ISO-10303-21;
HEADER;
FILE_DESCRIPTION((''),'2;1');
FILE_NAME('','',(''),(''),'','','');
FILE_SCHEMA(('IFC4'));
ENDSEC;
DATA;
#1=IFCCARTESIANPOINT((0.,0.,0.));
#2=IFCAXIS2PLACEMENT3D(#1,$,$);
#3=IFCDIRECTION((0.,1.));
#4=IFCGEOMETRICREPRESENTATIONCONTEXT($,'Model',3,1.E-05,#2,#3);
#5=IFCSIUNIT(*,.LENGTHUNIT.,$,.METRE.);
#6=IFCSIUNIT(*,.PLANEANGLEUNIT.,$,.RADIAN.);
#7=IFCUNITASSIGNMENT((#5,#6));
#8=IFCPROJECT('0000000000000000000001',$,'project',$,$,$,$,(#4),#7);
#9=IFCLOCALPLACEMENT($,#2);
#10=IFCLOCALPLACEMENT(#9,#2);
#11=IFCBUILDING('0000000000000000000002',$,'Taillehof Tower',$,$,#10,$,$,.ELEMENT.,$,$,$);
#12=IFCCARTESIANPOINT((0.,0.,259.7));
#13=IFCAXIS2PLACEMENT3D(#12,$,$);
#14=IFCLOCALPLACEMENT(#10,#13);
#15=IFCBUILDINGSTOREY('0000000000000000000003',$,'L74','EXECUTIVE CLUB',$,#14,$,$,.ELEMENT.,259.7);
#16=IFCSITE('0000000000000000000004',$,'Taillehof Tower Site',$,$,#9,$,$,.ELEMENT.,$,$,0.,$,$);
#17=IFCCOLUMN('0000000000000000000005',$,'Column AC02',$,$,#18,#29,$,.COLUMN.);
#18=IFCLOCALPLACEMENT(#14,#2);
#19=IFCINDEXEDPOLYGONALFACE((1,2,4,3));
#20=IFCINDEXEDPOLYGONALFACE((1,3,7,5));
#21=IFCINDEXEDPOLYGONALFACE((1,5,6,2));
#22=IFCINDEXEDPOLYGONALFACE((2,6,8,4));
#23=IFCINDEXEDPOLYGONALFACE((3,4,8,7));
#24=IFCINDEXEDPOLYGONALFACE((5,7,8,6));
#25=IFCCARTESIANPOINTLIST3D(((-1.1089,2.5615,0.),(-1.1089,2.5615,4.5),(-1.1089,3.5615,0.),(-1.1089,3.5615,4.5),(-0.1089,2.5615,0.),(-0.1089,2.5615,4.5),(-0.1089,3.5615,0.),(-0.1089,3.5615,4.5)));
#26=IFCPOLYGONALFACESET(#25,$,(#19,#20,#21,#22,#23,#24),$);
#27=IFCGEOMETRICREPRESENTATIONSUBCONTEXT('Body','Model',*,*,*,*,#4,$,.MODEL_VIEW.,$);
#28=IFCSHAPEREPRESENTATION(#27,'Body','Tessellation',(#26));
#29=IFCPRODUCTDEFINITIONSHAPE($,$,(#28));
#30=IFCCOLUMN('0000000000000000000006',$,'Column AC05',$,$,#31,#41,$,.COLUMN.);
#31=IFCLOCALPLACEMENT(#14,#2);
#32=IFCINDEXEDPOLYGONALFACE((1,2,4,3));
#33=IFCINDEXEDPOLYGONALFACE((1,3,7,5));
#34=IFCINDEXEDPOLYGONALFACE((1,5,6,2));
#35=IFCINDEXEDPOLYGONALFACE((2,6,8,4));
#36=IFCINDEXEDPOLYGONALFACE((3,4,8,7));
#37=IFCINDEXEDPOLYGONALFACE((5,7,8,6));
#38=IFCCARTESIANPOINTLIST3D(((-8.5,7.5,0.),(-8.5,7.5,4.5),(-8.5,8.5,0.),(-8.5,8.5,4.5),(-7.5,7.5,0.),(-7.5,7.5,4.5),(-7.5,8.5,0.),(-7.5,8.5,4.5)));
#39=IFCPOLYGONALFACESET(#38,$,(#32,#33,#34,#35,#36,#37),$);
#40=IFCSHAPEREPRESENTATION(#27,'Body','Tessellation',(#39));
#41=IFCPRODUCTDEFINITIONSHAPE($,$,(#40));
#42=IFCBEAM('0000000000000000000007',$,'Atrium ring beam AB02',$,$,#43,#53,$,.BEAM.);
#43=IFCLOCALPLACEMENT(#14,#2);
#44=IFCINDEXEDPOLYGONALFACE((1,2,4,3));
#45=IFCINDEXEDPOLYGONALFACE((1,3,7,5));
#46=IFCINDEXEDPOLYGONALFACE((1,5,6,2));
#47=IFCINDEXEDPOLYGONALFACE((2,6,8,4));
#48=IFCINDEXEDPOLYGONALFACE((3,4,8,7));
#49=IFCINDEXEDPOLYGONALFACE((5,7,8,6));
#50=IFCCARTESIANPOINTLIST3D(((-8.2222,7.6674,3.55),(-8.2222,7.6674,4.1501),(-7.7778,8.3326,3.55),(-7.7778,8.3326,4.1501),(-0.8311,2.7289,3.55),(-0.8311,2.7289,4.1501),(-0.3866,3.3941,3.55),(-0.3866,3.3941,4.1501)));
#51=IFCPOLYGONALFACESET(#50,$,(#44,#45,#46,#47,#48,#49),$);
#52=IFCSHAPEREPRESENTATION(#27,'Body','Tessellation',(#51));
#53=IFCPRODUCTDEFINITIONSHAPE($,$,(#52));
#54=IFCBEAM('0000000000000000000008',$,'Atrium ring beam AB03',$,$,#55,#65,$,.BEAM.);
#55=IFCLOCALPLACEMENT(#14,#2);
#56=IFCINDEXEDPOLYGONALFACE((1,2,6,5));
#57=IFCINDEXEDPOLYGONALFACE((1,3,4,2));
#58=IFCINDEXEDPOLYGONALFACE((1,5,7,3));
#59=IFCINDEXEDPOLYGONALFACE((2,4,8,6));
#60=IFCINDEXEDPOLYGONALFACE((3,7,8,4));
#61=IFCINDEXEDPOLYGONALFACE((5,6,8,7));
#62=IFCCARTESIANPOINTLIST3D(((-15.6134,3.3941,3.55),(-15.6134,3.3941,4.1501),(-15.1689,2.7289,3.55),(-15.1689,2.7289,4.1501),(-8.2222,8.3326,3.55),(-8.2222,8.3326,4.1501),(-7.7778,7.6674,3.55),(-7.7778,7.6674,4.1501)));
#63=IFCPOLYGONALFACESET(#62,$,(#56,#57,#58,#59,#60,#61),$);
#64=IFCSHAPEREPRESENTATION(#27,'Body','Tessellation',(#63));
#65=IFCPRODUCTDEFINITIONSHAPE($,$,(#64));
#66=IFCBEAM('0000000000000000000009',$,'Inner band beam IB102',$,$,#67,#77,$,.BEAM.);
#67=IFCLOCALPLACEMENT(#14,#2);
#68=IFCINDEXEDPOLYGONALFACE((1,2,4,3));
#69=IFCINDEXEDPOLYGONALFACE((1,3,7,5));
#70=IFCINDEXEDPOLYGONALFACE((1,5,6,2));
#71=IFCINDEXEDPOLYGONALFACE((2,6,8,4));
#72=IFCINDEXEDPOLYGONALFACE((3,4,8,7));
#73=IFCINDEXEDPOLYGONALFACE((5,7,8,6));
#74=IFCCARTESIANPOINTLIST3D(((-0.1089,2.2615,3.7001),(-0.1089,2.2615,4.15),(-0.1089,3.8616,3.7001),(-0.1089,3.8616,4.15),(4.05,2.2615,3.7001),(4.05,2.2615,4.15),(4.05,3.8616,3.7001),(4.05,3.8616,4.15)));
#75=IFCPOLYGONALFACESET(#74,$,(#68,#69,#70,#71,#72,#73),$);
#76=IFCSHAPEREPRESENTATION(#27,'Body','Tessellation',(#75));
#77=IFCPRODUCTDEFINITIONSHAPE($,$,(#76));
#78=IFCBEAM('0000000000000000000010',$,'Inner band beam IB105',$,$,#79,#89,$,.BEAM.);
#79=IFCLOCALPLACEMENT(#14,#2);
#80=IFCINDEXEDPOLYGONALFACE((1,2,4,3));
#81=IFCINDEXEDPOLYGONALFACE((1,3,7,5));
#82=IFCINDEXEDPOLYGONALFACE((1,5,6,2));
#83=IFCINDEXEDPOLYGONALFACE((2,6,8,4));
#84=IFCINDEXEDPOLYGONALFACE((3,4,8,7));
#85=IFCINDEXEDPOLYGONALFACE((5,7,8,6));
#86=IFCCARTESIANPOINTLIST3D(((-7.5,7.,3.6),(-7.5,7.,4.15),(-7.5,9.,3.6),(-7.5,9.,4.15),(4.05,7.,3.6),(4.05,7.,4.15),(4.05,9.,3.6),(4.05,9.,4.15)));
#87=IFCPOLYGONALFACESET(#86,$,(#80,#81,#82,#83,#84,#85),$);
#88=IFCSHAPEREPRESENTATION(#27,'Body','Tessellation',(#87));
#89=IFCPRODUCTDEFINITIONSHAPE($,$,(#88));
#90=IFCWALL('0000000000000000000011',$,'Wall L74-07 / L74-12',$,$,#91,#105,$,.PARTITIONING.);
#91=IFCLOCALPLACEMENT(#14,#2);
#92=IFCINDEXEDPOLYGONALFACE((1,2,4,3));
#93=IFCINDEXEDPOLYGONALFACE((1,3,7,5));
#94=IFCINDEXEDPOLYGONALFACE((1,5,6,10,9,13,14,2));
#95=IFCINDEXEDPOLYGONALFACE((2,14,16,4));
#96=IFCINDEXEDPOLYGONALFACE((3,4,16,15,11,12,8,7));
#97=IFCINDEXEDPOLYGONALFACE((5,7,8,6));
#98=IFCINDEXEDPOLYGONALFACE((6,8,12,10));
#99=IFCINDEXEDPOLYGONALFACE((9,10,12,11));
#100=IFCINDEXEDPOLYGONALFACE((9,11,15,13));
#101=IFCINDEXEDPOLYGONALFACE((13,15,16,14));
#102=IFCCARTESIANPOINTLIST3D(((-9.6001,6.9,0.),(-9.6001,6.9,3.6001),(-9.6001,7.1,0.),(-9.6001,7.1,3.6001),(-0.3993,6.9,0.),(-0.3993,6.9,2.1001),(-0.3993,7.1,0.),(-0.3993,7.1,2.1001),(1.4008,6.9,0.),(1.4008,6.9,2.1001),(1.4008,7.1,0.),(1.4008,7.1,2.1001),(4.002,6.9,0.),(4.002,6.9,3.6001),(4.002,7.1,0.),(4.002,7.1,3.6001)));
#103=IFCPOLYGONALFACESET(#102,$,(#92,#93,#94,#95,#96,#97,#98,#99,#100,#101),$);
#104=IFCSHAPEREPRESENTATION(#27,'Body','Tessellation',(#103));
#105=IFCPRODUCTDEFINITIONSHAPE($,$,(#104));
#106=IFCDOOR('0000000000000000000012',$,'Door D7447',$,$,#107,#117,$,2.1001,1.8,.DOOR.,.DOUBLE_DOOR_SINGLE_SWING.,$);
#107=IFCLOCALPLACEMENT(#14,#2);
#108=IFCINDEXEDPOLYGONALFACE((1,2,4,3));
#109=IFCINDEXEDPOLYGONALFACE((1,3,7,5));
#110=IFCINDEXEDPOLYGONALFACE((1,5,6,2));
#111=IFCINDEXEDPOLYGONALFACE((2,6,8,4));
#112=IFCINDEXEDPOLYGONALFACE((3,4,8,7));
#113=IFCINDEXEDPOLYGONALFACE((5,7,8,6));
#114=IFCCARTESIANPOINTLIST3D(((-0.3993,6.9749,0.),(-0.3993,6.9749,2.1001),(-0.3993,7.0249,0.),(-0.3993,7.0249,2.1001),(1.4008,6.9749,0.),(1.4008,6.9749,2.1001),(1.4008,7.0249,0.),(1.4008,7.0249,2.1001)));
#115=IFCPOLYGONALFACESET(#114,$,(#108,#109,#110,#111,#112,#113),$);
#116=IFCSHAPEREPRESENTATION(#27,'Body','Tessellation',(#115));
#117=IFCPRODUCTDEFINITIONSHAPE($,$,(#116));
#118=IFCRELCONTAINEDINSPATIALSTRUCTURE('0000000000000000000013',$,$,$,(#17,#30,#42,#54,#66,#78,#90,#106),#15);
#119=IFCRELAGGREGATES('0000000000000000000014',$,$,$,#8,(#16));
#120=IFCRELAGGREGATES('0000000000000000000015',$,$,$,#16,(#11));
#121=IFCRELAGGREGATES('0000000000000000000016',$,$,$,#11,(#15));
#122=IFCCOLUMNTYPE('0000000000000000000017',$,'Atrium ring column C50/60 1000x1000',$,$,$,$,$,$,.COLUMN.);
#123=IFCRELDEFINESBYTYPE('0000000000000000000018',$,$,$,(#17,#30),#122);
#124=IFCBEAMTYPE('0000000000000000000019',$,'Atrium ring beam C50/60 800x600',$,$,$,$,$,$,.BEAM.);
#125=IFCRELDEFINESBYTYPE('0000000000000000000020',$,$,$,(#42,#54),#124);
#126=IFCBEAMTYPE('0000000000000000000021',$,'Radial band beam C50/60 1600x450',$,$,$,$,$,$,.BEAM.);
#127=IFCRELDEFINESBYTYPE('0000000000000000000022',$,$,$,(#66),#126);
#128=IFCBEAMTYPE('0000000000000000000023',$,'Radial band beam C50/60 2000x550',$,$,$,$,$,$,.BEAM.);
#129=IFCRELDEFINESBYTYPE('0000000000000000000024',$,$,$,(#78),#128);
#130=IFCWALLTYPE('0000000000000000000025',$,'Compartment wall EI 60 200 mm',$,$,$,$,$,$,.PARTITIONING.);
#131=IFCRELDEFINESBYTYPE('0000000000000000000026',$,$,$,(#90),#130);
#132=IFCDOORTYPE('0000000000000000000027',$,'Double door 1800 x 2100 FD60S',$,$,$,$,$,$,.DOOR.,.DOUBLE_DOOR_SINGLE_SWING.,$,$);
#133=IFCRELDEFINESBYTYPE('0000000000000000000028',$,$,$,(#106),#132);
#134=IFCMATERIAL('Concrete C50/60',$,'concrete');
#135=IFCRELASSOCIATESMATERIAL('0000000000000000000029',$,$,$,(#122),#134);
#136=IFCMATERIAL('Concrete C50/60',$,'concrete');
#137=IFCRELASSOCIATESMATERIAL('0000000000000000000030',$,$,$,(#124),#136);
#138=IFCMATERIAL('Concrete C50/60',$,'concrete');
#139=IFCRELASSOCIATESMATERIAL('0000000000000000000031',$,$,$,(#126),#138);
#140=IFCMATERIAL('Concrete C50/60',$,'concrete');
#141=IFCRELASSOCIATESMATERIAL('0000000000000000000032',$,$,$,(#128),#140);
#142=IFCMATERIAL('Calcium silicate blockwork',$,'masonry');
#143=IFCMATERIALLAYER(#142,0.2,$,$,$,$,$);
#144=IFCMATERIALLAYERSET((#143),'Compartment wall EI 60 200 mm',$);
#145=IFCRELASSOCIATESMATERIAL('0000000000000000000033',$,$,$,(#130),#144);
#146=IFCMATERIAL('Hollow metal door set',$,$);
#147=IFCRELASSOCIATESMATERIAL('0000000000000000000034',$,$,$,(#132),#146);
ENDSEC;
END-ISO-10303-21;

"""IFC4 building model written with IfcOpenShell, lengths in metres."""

from ifc_helpers import new_model, si_unit, direction, frame, frame_2d, origin, origin_2d, place, context, subcontext, project, spatial, rectangle, extrude, material, layer, layer_set, material_profile, profile_set, type_object, element, fill, save


model = new_model("IFC4")

# Units and contexts
model_context = context("Model", 3, precision=1e-05, world=origin(), true_north=direction((0.0, 1.0)))
body_context = subcontext(model_context, "Body", "Model", "MODEL_VIEW")
ifc_project = project(units=[si_unit("LENGTHUNIT", "METRE"), si_unit("PLANEANGLEUNIT", "RADIAN")], contexts=[model_context])

# Site, building, storey
site_placement = place(None, origin())
site = spatial("IfcSite", under=ifc_project, at=site_placement, Name="Taillehof Tower Site", CompositionType="ELEMENT", RefElevation=0.0)
building_placement = place(site_placement, origin())
building = spatial("IfcBuilding", under=site, at=building_placement, Name="Taillehof Tower", CompositionType="ELEMENT")
storey_placement = place(building_placement, frame((0.0, 0.0, 259.7)))
storey = spatial("IfcBuildingStorey", under=building, at=storey_placement, Name="L74", Description="EXECUTIVE CLUB", CompositionType="ELEMENT", Elevation=259.7)

# Columns
ifc_material_1 = material(Name="Concrete C50/60", Category="concrete")
ifc_material_profile_1 = material_profile(ifc_material_1, rectangle(XDim=1.0, YDim=1.0, at=origin_2d()), Name="RC 1000x1000")
ifc_profile_set_1 = profile_set([ifc_material_profile_1], Name="Concrete C50/60")
column_type = type_object("IfcColumnType", Name="Atrium ring column C50/60 1000x1000", PredefinedType="COLUMN", material=ifc_profile_set_1)
for number, where, z_axis, x_axis, name in (
    (1, (-0.6089, 3.0615, 0.0), (0.0, 0.0, 1.0), (1.0, 0.0, 0.0), "Column AC02"),
    (2, (-8.0, 8.0, 0.0), (0.0, 0.0, 1.0), (1.0, 0.0, 0.0), "Column AC05"),
):
    element("IfcColumn", number, at=place(storey_placement, frame(where, z_axis=z_axis, x_axis=x_axis)), inside=storey, type_object=column_type, Name=name, PredefinedType="COLUMN", context=body_context, shape_type="SweptSolid", body=[
        extrude(rectangle(XDim=1.0, YDim=1.0, at=origin_2d()), origin(), (0.0, 0.0, 1.0), 4.5),
    ])

# Beams
ifc_material_2 = material(Name="Concrete C50/60", Category="concrete")
ifc_material_profile_2 = material_profile(ifc_material_2, rectangle(XDim=0.8, YDim=0.6001, at=origin_2d()), Name="RC 800x600")
ifc_profile_set_2 = profile_set([ifc_material_profile_2], Name="Concrete C50/60")
beam_type_1 = type_object("IfcBeamType", Name="Atrium ring beam C50/60 800x600", PredefinedType="BEAM", material=ifc_profile_set_2)
for number, where, z_axis, x_axis, name in (
    (3, (-0.6089, 3.0615, 3.8501), (-0.831475, 0.555562, 0.0), (-0.555562, -0.831475, 0.0), "Atrium ring beam AB02"),
    (4, (-8.0, 8.0, 3.8501), (-0.831475, -0.555562, 0.0), (0.555562, -0.831475, 0.0), "Atrium ring beam AB03"),
):
    element("IfcBeam", number, at=place(storey_placement, frame(where, z_axis=z_axis, x_axis=x_axis)), inside=storey, type_object=beam_type_1, Name=name, PredefinedType="BEAM", context=body_context, shape_type="SweptSolid", body=[
        extrude(rectangle(XDim=0.8, YDim=0.6001, at=origin_2d()), origin(), (0.0, 0.0, 1.0), 8.8892),
    ])
ifc_material_3 = material(Name="Concrete C50/60", Category="concrete")
ifc_material_profile_3 = material_profile(ifc_material_3, rectangle(XDim=1.6001, YDim=0.45, at=origin_2d()), Name="RC 1600x450")
ifc_profile_set_3 = profile_set([ifc_material_profile_3], Name="Concrete C50/60")
beam_type_2 = type_object("IfcBeamType", Name="Radial band beam C50/60 1600x450", PredefinedType="BEAM", material=ifc_profile_set_3)
beam_1_placement = place(storey_placement, frame((-0.1089, 3.0615, 3.925), z_axis=(1.0, 0.0, 0.0), x_axis=(0.0, 1.0, 0.0)))
element("IfcBeam", 5, at=beam_1_placement, inside=storey, type_object=beam_type_2, Name="Inner band beam IB102", PredefinedType="BEAM", context=body_context, shape_type="SweptSolid", body=[
    extrude(rectangle(XDim=1.6001, YDim=0.45, at=origin_2d()), origin(), (0.0, 0.0, 1.0), 4.1589),
])
ifc_material_4 = material(Name="Concrete C50/60", Category="concrete")
ifc_material_profile_4 = material_profile(ifc_material_4, rectangle(XDim=2.0, YDim=0.55, at=origin_2d()), Name="RC 2000x550")
ifc_profile_set_4 = profile_set([ifc_material_profile_4], Name="Concrete C50/60")
beam_type_3 = type_object("IfcBeamType", Name="Radial band beam C50/60 2000x550", PredefinedType="BEAM", material=ifc_profile_set_4)
beam_2_placement = place(storey_placement, frame((-7.5, 8.0, 3.875), z_axis=(1.0, 0.0, 0.0), x_axis=(0.0, 1.0, 0.0)))
element("IfcBeam", 6, at=beam_2_placement, inside=storey, type_object=beam_type_3, Name="Inner band beam IB105", PredefinedType="BEAM", context=body_context, shape_type="SweptSolid", body=[
    extrude(rectangle(XDim=2.0, YDim=0.55, at=origin_2d()), origin(), (0.0, 0.0, 1.0), 11.55),
])

# Wall, opening, door
ifc_material_5 = material(Name="Calcium silicate blockwork", Category="masonry")
ifc_layer_1 = layer(ifc_material_5, 0.2)
ifc_layer_set_1 = layer_set([ifc_layer_1], Name="Compartment wall EI 60 200 mm")
wall_type_1 = type_object("IfcWallType", Name="Compartment wall EI 60 200 mm", PredefinedType="PARTITIONING", material=ifc_layer_set_1)
wall_1_placement = place(storey_placement, frame((-9.6001, 7.0, 0.0), z_axis=(0.0, 0.0, 1.0), x_axis=(1.0, 0.0, 0.0)))
wall_1 = element("IfcWall", 7, at=wall_1_placement, inside=storey, type_object=wall_type_1, Name="Wall L74-07 / L74-12", PredefinedType="PARTITIONING", context=body_context, shape_type="SweptSolid", body=[
    extrude(rectangle(XDim=13.6021, YDim=0.2, at=frame_2d((6.801, 0.0))), origin(), (0.0, 0.0, 1.0), 3.6001),
])
opening_1_placement = place(wall_1_placement, frame((9.2009, 0.0, 0.0)))
opening_1 = element("IfcOpeningElement", 8, at=opening_1_placement, cuts=wall_1, PredefinedType="OPENING", context=body_context, shape_type="SweptSolid", body=[
    extrude(rectangle(XDim=1.8, YDim=2.1001, at=frame_2d((0.8999, 1.05))), frame((0.0, 0.1099, 0.0), z_axis=(0.0, -1.0, 0.0), x_axis=(1.0, 0.0, 0.0)), (0.0, 0.0, 1.0), 0.22),
])
ifc_material_6 = material(Name="Hollow metal door set")
door_type_1 = type_object("IfcDoorType", Name="Double door 1800 x 2100 FD60S", OperationType="DOUBLE_DOOR_SINGLE_SWING", PredefinedType="DOOR", material=ifc_material_6)
door_1_placement = place(opening_1_placement, origin())
door_1 = element("IfcDoor", 9, at=door_1_placement, inside=storey, type_object=door_type_1, Name="Door D7447", OperationType="DOUBLE_DOOR_SINGLE_SWING", OverallHeight=2.1001, OverallWidth=1.8, PredefinedType="DOOR", context=body_context, shape_type="SweptSolid", body=[
    extrude(rectangle(XDim=1.8, YDim=2.1001, at=frame_2d((0.8999, 1.05))), frame((0.0, 0.0249, 0.0), z_axis=(0.0, -1.0, 0.0), x_axis=(1.0, 0.0, 0.0)), (0.0, 0.0, 1.0), 0.05),
])
fill(opening_1, door_1)

save(model, "model.ifc")
